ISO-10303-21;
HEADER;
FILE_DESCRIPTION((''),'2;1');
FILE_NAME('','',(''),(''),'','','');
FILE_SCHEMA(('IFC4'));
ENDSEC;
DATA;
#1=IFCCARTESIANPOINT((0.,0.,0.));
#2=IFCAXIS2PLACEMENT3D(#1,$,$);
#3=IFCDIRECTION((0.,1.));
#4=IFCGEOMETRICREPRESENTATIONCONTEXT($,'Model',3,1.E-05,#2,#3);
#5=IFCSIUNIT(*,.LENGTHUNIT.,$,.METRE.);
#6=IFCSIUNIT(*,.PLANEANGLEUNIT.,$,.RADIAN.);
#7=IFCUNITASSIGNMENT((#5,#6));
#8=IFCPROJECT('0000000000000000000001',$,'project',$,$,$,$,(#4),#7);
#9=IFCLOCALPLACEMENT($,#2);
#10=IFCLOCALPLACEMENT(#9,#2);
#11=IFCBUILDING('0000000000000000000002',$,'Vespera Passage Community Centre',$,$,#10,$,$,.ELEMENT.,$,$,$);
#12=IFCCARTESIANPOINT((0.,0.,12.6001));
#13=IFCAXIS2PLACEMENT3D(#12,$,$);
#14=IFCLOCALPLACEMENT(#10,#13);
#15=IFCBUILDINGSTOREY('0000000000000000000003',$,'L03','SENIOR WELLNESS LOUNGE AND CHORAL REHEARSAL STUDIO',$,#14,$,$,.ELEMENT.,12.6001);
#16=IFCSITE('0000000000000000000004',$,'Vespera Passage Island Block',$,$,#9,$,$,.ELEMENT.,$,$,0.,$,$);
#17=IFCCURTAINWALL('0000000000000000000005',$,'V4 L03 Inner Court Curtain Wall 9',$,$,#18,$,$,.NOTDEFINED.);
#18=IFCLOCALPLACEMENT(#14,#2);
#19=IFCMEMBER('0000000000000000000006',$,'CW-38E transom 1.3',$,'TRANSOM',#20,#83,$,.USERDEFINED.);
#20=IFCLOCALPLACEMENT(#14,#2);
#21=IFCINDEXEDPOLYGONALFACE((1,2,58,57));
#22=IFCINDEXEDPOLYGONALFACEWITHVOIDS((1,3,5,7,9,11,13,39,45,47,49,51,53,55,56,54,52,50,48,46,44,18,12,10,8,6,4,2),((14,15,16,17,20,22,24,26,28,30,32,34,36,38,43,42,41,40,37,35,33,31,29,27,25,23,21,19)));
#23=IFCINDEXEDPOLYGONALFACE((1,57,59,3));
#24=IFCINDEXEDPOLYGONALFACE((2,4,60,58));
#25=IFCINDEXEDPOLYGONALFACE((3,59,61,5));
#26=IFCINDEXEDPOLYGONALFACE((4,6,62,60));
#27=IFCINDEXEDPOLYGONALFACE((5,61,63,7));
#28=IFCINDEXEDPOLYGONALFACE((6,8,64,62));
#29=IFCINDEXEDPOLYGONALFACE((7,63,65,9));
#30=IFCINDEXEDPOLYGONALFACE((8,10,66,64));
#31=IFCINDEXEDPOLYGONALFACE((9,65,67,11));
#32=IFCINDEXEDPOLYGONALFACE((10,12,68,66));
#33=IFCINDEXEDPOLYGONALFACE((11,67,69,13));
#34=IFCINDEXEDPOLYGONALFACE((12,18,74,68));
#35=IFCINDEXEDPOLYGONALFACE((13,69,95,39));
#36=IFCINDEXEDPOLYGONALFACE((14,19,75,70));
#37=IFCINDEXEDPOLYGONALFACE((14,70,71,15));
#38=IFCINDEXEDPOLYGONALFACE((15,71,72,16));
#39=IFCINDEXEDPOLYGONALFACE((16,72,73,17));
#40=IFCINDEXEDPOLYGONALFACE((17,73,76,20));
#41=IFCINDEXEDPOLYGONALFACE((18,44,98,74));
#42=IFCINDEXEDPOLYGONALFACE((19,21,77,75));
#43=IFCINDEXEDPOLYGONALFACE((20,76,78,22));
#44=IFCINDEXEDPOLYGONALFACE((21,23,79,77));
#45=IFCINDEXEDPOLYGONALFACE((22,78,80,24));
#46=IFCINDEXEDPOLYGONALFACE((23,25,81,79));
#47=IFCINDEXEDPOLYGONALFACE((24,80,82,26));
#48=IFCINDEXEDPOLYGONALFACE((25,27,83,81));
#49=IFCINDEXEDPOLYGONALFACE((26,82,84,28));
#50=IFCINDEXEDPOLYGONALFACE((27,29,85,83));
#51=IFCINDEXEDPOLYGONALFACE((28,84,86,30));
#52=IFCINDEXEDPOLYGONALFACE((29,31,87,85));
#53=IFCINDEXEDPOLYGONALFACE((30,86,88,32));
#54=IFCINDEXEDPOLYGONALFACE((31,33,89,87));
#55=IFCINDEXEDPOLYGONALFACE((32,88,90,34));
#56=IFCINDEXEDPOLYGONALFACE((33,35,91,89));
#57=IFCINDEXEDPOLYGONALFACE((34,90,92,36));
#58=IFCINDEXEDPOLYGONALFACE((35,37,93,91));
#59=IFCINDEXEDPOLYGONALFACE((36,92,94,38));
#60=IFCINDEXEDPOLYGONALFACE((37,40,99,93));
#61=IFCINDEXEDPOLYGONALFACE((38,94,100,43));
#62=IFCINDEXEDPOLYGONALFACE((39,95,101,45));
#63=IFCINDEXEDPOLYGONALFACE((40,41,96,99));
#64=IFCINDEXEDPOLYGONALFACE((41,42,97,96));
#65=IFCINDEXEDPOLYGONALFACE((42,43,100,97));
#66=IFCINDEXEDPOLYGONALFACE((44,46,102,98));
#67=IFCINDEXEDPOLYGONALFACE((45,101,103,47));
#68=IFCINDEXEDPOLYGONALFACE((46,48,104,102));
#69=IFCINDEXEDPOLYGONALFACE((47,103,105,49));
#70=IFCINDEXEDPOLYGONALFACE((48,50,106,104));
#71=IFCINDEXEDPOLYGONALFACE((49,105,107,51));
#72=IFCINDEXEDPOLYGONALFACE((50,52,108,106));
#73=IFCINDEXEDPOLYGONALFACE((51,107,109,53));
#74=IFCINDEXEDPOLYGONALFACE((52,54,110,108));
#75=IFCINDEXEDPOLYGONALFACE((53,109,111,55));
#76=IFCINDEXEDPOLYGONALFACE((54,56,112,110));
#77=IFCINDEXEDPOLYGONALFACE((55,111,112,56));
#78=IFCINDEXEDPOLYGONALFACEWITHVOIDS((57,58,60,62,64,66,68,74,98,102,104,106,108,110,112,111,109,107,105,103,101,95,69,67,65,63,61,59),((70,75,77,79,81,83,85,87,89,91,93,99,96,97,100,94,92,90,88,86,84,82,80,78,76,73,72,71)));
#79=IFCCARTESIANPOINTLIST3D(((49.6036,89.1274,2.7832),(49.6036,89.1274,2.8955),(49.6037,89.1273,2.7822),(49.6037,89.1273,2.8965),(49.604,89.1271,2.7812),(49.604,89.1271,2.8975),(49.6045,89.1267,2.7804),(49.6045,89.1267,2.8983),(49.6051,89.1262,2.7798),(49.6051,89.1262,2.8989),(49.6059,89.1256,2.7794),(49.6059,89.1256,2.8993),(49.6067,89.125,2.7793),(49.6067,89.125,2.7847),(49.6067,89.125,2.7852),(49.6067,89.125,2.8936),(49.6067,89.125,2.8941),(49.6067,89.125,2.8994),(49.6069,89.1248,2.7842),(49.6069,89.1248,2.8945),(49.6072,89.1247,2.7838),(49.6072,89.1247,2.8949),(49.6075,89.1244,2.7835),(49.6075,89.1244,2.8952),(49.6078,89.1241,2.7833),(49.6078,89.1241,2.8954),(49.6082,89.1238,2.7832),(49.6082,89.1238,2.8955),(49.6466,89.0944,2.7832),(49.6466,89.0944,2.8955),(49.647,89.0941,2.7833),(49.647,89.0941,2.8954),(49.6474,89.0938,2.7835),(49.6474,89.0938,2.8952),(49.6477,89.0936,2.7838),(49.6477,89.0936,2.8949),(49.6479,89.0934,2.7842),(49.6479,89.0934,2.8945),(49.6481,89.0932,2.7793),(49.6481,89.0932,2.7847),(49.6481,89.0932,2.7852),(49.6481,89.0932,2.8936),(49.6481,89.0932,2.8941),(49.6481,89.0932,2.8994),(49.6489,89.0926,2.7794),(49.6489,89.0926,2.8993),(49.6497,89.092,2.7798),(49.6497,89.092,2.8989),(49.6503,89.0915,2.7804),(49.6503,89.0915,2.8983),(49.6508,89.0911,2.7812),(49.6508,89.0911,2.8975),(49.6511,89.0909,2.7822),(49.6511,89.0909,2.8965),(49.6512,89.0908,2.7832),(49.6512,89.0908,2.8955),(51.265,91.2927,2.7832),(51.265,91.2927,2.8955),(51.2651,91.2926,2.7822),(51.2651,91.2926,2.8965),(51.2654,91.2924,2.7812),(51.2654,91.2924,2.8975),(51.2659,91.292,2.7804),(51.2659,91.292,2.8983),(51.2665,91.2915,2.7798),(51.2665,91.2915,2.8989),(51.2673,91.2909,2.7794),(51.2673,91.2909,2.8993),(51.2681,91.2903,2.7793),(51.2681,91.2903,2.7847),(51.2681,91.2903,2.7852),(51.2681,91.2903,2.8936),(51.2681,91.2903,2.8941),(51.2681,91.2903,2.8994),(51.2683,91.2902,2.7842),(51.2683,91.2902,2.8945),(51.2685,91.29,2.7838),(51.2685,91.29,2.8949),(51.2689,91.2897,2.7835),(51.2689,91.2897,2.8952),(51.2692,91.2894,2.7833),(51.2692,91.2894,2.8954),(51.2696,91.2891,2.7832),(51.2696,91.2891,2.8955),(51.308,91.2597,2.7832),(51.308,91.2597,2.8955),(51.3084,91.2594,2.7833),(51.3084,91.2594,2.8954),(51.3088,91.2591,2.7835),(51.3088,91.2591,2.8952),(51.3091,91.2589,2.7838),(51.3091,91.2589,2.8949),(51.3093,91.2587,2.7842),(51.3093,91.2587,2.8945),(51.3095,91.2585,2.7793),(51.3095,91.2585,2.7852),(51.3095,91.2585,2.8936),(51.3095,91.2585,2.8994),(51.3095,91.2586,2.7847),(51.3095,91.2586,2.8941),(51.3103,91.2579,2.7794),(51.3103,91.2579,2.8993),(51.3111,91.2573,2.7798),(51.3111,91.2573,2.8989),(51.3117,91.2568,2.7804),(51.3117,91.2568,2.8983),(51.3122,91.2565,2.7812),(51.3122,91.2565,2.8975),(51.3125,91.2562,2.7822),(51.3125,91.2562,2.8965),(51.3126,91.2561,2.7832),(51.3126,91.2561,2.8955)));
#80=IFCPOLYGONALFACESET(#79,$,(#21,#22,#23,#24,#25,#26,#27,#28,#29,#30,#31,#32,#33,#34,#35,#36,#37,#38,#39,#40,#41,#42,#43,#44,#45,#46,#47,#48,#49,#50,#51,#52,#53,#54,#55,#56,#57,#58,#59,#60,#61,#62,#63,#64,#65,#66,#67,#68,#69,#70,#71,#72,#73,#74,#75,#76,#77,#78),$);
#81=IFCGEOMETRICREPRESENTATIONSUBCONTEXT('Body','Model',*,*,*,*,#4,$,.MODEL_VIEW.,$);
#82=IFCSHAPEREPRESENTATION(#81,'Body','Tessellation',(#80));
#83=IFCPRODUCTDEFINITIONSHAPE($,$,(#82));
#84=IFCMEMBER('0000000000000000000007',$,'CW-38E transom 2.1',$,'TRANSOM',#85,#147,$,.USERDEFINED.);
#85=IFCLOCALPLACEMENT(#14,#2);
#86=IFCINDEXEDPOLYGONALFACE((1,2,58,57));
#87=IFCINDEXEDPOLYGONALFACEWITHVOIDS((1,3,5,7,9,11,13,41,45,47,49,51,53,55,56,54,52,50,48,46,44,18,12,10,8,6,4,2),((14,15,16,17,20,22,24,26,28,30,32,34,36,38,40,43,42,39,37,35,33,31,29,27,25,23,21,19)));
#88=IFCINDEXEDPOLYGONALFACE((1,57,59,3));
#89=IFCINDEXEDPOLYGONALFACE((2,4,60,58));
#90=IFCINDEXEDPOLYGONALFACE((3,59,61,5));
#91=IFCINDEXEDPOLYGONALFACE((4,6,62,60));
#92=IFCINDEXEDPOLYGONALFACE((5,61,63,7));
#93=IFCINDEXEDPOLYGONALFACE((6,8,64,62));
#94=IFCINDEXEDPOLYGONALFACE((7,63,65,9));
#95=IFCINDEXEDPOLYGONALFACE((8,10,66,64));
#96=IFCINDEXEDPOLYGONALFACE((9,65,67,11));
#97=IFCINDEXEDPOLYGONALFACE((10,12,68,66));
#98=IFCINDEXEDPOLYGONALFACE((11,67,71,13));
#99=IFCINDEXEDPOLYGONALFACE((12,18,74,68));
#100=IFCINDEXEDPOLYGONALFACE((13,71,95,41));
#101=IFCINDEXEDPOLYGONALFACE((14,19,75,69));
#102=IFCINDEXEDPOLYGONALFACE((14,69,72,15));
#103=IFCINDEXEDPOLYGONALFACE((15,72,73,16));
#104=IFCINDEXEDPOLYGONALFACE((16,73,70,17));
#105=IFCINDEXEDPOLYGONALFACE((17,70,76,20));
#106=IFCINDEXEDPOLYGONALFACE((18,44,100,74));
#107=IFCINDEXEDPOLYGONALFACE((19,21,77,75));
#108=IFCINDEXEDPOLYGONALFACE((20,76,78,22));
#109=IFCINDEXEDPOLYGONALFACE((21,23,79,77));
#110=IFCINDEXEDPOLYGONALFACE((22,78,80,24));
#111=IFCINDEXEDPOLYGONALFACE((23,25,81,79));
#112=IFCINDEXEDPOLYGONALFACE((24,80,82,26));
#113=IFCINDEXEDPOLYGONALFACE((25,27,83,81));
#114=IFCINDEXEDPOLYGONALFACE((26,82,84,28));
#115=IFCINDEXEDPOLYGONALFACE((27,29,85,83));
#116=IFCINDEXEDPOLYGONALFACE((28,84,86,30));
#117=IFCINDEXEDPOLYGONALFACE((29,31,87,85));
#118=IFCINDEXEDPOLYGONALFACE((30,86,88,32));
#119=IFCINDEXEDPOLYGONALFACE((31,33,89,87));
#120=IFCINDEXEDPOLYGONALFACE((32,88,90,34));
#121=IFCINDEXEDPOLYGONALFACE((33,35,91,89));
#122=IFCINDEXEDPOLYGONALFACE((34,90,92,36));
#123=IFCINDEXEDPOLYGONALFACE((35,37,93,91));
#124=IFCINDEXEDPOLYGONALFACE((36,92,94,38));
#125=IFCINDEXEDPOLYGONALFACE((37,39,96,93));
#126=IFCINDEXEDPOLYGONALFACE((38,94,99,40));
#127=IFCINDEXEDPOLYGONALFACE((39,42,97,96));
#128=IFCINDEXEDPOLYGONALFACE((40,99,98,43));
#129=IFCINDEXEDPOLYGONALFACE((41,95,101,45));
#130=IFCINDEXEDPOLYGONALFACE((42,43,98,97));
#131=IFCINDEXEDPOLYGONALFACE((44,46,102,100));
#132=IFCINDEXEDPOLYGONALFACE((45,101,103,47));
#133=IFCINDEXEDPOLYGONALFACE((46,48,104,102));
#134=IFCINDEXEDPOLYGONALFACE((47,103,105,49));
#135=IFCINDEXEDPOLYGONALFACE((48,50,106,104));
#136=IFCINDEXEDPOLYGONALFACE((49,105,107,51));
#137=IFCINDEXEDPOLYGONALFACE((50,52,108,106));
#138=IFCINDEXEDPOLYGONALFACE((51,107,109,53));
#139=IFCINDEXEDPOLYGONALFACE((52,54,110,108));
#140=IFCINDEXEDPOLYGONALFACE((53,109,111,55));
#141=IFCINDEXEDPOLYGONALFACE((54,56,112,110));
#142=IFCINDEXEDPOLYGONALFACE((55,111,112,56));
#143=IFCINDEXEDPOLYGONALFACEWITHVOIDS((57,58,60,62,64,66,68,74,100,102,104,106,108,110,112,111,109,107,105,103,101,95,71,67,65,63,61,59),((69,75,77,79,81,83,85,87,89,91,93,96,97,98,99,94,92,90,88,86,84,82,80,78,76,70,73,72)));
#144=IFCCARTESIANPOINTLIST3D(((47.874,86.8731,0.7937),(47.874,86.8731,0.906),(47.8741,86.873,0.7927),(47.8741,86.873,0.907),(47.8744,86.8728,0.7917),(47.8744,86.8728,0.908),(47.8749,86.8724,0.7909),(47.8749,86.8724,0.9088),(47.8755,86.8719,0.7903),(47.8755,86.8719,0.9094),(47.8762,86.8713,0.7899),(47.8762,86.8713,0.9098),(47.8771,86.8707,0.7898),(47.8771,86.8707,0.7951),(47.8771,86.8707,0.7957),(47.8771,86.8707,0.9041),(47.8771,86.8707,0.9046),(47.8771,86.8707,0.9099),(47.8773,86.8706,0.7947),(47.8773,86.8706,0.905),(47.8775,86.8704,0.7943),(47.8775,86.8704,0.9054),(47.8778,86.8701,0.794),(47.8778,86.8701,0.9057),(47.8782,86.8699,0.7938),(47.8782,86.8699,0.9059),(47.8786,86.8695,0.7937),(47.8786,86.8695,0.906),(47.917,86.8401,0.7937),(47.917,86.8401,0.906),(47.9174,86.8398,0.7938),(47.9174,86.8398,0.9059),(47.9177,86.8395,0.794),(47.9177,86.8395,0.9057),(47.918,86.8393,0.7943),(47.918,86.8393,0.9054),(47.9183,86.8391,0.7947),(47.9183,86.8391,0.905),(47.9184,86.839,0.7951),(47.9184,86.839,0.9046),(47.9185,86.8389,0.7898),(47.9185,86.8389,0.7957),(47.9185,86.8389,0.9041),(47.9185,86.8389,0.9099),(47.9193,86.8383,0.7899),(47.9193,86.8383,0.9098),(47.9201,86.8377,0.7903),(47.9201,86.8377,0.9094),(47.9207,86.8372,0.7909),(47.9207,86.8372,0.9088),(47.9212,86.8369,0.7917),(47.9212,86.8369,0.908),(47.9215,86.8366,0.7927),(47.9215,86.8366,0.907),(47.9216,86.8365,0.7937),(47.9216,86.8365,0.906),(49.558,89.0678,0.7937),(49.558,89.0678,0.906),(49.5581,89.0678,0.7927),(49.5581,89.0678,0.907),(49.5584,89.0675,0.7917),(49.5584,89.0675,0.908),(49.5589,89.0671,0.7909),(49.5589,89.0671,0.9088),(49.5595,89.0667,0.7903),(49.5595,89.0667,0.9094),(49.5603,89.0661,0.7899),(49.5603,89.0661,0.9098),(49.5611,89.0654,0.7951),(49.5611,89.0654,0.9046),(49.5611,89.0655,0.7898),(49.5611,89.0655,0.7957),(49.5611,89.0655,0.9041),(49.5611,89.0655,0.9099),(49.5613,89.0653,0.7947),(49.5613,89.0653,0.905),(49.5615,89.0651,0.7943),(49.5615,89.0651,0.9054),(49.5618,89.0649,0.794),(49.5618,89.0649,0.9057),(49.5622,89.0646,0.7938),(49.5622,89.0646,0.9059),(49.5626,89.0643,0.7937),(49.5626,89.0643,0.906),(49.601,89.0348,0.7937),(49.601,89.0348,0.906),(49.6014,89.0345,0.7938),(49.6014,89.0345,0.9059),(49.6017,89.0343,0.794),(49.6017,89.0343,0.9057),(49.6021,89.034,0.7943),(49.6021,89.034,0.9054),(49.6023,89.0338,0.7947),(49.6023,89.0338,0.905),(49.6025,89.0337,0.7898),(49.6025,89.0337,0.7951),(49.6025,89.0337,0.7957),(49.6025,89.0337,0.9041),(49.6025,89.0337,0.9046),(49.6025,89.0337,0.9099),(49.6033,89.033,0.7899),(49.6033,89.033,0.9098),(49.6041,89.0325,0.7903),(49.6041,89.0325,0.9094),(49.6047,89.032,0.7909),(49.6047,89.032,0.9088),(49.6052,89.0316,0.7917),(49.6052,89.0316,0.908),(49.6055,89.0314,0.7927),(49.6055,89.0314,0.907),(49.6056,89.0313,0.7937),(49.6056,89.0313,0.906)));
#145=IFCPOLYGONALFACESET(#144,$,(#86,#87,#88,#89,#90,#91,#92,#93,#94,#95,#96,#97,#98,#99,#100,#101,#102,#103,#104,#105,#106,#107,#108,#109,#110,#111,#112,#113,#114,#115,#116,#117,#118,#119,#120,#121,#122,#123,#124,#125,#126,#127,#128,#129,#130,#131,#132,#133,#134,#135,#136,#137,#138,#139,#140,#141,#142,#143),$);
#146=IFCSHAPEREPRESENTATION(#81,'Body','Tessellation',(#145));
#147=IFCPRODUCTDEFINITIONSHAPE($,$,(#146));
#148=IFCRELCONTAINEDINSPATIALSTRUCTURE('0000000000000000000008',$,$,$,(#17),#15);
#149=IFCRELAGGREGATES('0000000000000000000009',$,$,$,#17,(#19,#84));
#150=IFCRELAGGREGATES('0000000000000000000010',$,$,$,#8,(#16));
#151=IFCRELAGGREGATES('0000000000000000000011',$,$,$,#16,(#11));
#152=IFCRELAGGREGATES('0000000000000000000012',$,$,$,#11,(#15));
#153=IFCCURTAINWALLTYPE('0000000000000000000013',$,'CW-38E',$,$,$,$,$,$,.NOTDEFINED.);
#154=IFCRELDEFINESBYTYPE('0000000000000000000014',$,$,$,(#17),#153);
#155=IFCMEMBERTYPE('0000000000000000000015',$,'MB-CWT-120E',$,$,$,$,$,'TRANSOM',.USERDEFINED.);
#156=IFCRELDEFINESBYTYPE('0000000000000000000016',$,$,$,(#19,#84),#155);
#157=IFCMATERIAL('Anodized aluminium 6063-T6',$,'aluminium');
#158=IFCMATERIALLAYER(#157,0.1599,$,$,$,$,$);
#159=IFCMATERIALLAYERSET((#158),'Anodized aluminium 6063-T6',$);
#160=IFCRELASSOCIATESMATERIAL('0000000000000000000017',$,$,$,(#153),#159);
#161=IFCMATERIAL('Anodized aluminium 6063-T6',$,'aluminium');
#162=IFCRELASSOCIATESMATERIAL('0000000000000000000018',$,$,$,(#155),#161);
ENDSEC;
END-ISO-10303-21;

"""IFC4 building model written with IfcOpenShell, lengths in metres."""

from ifc_helpers import new_model, si_unit, direction, frame, origin, origin_2d, place, context, subcontext, project, spatial, hollow_rectangle, extrude, material, layer, layer_set, material_profile, profile_set, type_object, element, aggregate, save


model = new_model("IFC4")

# Units and contexts
model_context = context("Model", 3, precision=1e-05, world=origin(), true_north=direction((0.0, 1.0)))
body_context = subcontext(model_context, "Body", "Model", "MODEL_VIEW")
ifc_project = project(units=[si_unit("LENGTHUNIT", "METRE"), si_unit("PLANEANGLEUNIT", "RADIAN")], contexts=[model_context])

# Site, building, storey
site_placement = place(None, origin())
site = spatial("IfcSite", under=ifc_project, at=site_placement, Name="Vespera Passage Island Block", CompositionType="ELEMENT", RefElevation=0.0)
building_placement = place(site_placement, origin())
building = spatial("IfcBuilding", under=site, at=building_placement, Name="Vespera Passage Community Centre", CompositionType="ELEMENT")
storey_placement = place(building_placement, frame((0.0, 0.0, 12.6001)))
storey = spatial("IfcBuildingStorey", under=building, at=storey_placement, Name="L03", Description="SENIOR WELLNESS LOUNGE AND CHORAL REHEARSAL STUDIO", CompositionType="ELEMENT", Elevation=12.6001)

# Curtain wall, members
ifc_material_1 = material(Name="Anodized aluminium 6063-T6", Category="aluminium")
ifc_layer_1 = layer(ifc_material_1, 0.1599)
ifc_layer_set_1 = layer_set([ifc_layer_1], Name="Anodized aluminium 6063-T6")
curtain_wall_type_1 = type_object("IfcCurtainWallType", Name="CW-38E", PredefinedType="NOTDEFINED", material=ifc_layer_set_1)
curtain_wall_1_placement = place(storey_placement, origin())
curtain_wall_1 = element("IfcCurtainWall", 1, at=curtain_wall_1_placement, inside=storey, type_object=curtain_wall_type_1, Name="V4 L03 Inner Court Curtain Wall 9", PredefinedType="NOTDEFINED")
ifc_material_2 = material(Name="Anodized aluminium 6063-T6", Category="aluminium")
ifc_material_profile_1 = material_profile(ifc_material_2, hollow_rectangle(XDim=0.0601, YDim=0.1201, WallThickness=0.0039, InnerFilletRadius=0.002, OuterFilletRadius=0.0039, at=origin_2d()), Name="ALU120X60X4")
ifc_profile_set_1 = profile_set([ifc_material_profile_1], Name="Anodized aluminium 6063-T6")
member_type_1 = type_object("IfcMemberType", Name="MB-CWT-120E", ElementType="TRANSOM", PredefinedType="USERDEFINED", material=ifc_profile_set_1)
member_1_placement = place(storey_placement, frame((51.2888, 91.2744, 2.8394), z_axis=(-0.608738, -0.793372, 0.0), x_axis=(0.793372, -0.608738, 0.0)))
member_1 = element("IfcMember", 2, at=member_1_placement, type_object=member_type_1, Name="CW-38E transom 1.3", ObjectType="TRANSOM", PredefinedType="USERDEFINED", context=body_context, shape_type="SweptSolid", body=[
    extrude(hollow_rectangle(XDim=0.0601, YDim=0.1201, WallThickness=0.0039, InnerFilletRadius=0.002, OuterFilletRadius=0.0039, at=origin_2d()), origin(), (0.0, 0.0, 1.0), 2.7292),
])
member_2_placement = place(storey_placement, frame((49.5818, 89.0496, 0.8499), z_axis=(-0.608746, -0.793365, 0.0), x_axis=(0.793365, -0.608746, 0.0)))
member_2 = element("IfcMember", 3, at=member_2_placement, type_object=member_type_1, Name="CW-38E transom 2.1", ObjectType="TRANSOM", PredefinedType="USERDEFINED", context=body_context, shape_type="SweptSolid", body=[
    extrude(hollow_rectangle(XDim=0.0601, YDim=0.1201, WallThickness=0.0039, InnerFilletRadius=0.002, OuterFilletRadius=0.0039, at=origin_2d()), origin(), (0.0, 0.0, 1.0), 2.7664),
])
aggregate(curtain_wall_1, [member_1, member_2])

save(model, "model.ifc")
